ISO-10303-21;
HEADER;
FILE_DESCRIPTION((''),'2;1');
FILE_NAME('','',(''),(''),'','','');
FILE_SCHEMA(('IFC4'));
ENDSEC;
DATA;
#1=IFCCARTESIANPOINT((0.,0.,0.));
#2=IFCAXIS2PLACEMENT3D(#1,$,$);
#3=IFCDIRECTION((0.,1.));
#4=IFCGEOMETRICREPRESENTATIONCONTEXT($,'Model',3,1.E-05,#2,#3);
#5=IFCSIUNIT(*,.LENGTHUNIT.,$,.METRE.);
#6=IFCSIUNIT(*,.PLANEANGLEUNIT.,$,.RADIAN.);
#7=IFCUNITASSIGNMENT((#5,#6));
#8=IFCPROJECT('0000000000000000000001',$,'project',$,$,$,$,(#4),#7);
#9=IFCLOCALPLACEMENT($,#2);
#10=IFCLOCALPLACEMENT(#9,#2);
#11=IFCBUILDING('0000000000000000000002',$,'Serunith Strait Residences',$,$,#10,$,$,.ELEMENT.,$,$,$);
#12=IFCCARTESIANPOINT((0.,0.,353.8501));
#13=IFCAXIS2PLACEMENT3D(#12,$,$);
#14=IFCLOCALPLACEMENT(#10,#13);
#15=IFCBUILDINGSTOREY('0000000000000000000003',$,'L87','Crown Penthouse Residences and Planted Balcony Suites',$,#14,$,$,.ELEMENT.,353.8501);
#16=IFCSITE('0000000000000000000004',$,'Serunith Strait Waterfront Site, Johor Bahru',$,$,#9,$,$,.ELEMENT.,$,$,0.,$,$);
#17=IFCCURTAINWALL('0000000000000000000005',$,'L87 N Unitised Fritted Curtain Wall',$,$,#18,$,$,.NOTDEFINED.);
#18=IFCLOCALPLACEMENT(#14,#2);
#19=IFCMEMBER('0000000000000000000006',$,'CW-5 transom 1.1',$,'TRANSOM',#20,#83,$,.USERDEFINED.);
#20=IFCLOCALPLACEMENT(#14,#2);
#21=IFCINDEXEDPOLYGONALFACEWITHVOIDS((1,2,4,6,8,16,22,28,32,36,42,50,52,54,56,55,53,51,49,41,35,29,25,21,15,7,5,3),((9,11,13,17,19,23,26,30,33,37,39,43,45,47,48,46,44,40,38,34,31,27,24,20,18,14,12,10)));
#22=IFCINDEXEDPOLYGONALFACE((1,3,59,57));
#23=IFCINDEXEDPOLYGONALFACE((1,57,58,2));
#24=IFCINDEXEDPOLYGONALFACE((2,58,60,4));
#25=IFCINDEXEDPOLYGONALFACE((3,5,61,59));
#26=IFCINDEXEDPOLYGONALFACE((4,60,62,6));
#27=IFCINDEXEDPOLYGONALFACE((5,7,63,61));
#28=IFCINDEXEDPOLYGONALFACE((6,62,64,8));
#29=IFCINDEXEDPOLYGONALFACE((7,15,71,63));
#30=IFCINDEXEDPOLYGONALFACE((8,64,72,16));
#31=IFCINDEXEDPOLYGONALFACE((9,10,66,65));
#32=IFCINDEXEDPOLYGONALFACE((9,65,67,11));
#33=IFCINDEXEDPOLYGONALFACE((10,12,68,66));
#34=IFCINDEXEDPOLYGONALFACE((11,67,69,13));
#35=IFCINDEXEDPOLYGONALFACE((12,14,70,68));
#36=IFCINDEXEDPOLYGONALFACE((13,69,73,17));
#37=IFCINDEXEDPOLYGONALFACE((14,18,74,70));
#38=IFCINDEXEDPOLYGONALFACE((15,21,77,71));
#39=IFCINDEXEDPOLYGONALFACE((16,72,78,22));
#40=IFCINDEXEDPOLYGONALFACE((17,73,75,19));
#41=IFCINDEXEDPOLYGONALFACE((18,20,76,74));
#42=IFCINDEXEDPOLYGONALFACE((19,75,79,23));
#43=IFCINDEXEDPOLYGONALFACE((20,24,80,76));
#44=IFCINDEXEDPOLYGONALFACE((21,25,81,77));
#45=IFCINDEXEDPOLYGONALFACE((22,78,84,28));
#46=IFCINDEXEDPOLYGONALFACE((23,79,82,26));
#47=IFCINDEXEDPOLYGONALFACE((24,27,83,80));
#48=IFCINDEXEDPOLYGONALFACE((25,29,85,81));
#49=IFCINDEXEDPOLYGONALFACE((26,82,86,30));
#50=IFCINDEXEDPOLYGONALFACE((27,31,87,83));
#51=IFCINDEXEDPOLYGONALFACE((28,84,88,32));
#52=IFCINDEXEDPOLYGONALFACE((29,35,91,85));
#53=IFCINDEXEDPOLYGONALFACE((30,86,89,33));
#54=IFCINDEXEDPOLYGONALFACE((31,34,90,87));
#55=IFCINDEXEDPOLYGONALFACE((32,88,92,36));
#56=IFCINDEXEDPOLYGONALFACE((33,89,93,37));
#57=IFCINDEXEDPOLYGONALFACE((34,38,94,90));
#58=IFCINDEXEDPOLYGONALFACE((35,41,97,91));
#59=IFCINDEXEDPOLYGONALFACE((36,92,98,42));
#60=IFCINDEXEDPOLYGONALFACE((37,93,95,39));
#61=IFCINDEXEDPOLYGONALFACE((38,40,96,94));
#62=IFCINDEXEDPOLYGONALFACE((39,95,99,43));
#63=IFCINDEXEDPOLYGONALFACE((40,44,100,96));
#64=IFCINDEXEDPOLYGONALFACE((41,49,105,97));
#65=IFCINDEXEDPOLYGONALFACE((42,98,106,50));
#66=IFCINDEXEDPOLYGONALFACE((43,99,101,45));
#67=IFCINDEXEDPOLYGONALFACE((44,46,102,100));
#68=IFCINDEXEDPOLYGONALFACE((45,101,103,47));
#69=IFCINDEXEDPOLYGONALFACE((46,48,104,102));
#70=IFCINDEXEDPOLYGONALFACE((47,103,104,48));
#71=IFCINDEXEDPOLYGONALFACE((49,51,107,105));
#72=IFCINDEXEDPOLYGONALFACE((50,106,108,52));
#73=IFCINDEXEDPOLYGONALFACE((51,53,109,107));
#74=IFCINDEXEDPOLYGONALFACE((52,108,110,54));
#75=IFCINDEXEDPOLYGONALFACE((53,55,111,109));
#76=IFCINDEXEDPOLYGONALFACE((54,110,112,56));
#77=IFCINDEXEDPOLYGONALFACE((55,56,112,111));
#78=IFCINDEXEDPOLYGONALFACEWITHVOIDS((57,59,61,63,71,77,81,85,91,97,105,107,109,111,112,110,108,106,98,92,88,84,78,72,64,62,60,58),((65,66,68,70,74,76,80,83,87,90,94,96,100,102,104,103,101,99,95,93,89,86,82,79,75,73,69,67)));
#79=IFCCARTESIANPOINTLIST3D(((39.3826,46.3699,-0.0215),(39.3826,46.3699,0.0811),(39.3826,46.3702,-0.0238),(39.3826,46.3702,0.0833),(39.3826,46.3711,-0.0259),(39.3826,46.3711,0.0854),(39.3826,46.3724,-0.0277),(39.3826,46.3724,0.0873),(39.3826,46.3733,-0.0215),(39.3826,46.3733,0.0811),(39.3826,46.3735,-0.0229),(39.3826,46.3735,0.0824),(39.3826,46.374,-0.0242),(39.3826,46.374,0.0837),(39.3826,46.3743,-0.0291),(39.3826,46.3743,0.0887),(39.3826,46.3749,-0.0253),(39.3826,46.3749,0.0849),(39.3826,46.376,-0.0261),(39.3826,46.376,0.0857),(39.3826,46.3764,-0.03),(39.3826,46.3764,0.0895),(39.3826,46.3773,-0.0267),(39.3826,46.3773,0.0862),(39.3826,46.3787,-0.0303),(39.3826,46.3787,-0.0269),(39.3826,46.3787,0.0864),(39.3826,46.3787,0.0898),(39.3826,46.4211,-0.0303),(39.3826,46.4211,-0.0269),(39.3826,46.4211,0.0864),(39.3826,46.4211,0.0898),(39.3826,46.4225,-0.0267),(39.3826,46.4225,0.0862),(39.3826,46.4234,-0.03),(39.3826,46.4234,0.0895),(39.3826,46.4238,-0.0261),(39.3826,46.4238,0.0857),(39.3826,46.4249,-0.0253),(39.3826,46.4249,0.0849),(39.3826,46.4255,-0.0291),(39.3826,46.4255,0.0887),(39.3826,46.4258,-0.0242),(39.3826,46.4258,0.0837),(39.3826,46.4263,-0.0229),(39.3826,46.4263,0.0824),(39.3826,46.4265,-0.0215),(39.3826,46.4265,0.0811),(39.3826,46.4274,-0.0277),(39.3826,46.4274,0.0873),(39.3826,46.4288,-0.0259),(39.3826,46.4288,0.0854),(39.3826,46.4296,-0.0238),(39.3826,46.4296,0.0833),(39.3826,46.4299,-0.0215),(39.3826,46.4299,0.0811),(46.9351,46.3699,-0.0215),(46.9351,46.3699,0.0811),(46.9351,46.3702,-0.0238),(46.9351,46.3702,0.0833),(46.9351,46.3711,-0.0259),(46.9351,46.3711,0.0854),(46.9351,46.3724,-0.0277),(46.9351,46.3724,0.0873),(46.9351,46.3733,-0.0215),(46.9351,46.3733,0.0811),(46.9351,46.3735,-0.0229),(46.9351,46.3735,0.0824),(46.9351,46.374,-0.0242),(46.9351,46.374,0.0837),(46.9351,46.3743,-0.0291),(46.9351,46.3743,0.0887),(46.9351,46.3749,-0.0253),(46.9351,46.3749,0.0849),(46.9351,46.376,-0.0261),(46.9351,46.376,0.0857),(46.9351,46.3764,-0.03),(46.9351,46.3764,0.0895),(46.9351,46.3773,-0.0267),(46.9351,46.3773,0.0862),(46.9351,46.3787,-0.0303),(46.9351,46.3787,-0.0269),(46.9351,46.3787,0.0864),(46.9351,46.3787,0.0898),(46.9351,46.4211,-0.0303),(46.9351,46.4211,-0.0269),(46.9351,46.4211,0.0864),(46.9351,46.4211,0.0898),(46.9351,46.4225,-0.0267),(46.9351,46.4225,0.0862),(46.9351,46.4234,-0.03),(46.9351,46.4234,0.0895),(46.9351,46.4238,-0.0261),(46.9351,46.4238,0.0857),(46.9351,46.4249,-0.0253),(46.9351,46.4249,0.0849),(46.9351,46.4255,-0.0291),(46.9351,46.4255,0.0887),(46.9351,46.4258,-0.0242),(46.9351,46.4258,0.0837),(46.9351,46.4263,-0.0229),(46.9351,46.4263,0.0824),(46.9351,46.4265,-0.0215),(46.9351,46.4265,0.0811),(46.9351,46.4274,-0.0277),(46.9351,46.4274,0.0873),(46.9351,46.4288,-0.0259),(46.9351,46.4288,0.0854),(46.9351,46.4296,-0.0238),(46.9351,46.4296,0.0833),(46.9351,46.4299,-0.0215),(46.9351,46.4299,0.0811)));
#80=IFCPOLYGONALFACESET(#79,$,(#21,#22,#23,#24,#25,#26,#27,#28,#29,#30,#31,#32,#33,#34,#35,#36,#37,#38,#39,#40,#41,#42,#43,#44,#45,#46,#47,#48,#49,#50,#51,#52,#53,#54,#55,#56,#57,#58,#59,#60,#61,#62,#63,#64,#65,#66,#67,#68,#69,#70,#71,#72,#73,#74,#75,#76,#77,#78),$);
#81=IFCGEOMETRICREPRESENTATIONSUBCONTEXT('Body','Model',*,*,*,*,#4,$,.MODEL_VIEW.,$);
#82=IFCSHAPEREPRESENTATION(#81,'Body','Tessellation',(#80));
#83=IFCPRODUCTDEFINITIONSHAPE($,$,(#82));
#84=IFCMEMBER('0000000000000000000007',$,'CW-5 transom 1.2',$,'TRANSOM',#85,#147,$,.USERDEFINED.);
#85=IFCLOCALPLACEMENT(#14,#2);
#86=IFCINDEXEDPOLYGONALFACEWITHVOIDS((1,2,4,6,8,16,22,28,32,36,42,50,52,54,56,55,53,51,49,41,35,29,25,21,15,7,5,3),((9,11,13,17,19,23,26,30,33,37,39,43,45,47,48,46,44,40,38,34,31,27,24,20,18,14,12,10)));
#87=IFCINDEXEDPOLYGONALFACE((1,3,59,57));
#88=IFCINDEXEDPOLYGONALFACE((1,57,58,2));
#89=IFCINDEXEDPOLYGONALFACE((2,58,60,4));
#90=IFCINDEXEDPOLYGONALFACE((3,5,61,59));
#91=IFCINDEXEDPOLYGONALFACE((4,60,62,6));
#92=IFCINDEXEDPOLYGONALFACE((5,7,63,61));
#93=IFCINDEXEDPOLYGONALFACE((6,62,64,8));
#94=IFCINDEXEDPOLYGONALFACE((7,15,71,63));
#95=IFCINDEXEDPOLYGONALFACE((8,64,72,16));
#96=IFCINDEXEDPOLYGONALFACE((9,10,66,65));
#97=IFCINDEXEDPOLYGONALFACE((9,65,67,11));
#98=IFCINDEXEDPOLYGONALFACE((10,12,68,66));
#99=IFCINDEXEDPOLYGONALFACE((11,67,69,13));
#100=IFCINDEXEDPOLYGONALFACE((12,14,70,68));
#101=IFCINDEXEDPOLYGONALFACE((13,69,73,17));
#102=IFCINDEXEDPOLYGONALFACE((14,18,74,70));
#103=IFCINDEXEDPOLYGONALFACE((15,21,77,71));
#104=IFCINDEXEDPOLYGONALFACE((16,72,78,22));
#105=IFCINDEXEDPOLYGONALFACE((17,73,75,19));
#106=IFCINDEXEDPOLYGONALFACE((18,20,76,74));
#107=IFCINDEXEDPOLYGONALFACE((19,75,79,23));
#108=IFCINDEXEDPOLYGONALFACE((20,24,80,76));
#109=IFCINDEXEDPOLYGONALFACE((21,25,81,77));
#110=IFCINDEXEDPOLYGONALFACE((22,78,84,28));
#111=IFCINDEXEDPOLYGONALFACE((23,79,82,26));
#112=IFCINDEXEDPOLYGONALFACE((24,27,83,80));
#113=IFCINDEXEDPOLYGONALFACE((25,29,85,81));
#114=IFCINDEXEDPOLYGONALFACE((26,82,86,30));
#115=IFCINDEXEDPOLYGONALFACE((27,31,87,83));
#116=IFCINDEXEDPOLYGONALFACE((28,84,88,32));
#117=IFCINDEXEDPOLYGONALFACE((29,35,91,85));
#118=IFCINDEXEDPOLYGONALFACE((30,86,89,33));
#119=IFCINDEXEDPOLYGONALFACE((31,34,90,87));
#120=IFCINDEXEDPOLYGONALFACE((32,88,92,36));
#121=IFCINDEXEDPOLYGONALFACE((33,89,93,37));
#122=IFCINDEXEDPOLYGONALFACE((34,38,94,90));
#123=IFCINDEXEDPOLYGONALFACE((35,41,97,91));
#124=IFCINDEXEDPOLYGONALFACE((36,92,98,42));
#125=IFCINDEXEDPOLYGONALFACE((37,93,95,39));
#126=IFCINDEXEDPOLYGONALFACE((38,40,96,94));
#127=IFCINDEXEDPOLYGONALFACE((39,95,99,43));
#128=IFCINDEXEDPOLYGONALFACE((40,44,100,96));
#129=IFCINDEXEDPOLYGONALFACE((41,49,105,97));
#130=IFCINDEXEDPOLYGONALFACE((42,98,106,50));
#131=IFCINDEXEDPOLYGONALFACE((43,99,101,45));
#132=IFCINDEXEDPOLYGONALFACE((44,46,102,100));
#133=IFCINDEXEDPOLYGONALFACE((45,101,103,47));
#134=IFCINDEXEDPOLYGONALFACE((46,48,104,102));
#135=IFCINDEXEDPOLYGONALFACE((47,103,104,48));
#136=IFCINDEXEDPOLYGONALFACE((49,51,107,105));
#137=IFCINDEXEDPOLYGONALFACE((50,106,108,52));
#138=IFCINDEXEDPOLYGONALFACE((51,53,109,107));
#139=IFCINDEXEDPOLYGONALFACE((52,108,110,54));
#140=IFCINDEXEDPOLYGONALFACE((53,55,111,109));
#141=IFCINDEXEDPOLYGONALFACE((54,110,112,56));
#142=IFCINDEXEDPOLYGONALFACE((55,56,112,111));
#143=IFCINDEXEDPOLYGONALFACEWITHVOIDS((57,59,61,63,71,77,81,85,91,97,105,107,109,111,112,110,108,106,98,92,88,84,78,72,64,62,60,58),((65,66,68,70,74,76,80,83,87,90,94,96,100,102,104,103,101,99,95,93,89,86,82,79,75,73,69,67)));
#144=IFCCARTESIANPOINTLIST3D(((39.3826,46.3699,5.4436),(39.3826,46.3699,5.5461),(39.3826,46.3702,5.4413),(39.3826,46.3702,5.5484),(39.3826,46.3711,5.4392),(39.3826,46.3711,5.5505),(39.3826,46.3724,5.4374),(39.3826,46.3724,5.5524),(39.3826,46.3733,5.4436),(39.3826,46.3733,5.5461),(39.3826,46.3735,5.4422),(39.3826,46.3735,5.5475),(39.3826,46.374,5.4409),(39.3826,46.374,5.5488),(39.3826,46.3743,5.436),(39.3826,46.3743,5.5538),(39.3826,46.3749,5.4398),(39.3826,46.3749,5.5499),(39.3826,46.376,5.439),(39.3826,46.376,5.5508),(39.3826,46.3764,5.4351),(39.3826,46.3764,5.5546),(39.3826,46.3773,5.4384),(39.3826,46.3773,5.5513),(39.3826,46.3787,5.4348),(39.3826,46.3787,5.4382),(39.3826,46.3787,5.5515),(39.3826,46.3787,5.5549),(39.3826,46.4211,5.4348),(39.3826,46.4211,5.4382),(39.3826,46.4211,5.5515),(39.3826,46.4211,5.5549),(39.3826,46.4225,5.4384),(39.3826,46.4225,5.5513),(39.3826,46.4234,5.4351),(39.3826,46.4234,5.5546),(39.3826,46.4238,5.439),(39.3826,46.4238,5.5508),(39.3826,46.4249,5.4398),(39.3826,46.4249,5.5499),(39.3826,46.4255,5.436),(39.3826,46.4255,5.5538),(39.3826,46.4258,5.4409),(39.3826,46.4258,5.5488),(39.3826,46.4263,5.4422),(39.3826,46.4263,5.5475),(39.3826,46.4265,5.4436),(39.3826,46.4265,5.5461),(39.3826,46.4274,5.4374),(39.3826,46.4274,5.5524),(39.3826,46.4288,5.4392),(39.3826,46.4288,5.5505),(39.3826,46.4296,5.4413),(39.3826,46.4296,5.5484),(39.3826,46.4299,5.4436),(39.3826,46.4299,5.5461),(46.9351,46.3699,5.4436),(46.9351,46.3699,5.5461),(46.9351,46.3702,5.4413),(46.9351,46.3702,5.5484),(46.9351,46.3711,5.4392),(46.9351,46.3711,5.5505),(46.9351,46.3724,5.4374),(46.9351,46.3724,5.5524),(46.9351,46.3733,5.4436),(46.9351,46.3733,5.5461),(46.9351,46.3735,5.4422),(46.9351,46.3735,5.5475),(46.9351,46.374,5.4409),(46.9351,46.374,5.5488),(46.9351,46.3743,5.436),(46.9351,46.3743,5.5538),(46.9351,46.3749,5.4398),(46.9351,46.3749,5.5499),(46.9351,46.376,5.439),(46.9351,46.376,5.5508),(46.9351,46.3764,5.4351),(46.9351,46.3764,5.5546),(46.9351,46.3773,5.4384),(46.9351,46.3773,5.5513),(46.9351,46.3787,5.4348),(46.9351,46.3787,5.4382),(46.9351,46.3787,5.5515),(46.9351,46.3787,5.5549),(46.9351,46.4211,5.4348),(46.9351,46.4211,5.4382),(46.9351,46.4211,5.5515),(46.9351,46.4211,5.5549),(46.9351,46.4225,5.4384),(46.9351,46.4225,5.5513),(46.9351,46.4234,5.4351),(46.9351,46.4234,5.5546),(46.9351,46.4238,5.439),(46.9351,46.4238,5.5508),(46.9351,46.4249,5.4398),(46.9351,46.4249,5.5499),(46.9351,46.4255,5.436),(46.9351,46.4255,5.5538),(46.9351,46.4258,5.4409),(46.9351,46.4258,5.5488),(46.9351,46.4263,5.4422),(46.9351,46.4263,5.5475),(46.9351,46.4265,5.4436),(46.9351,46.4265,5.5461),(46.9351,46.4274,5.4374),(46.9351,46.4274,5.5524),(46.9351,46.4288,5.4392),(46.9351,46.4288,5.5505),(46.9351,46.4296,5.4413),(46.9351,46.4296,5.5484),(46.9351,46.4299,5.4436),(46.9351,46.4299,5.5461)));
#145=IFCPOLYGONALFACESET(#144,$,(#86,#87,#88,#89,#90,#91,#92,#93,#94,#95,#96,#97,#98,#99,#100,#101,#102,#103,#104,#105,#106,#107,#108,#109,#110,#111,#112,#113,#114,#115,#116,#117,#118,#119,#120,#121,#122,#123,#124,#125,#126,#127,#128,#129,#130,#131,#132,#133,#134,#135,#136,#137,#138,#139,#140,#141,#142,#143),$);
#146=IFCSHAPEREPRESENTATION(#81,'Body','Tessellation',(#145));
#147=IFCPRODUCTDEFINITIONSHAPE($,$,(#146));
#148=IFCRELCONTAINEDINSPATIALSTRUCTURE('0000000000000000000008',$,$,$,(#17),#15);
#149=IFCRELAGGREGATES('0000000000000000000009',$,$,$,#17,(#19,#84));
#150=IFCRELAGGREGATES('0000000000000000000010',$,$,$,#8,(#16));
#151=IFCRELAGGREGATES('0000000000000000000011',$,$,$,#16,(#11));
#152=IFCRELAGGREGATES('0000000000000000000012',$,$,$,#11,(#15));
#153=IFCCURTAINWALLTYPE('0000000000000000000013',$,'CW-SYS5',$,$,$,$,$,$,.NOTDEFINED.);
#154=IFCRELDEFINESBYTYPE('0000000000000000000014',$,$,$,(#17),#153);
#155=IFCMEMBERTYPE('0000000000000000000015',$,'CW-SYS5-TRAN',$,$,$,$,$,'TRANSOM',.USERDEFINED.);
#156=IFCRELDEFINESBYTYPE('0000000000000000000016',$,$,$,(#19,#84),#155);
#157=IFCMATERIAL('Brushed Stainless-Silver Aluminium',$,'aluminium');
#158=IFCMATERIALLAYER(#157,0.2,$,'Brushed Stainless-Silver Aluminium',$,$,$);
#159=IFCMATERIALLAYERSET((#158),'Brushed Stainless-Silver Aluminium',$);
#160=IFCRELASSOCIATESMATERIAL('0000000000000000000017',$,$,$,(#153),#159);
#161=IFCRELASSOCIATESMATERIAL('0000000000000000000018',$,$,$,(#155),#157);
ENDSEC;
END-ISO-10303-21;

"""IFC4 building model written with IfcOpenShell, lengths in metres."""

from ifc_helpers import new_model, si_unit, direction, frame, origin, origin_2d, place, context, subcontext, project, spatial, hollow_rectangle, extrude, source, transform, mapped, material, layer, layer_set, material_profile, profile_set, type_object, element, aggregate, save


model = new_model("IFC4")

# Units and contexts
model_context = context("Model", 3, precision=1e-05, world=origin(), true_north=direction((0.0, 1.0)))
body_context = subcontext(model_context, "Body", "Model", "MODEL_VIEW")
ifc_project = project(units=[si_unit("LENGTHUNIT", "METRE"), si_unit("PLANEANGLEUNIT", "RADIAN")], contexts=[model_context])

# Site, building, storey
site_placement = place(None, origin())
site = spatial("IfcSite", under=ifc_project, at=site_placement, Name="Serunith Strait Waterfront Site, Johor Bahru", CompositionType="ELEMENT", RefElevation=0.0)
building_placement = place(site_placement, origin())
building = spatial("IfcBuilding", under=site, at=building_placement, Name="Serunith Strait Residences", CompositionType="ELEMENT")
storey_placement = place(building_placement, frame((0.0, 0.0, 353.8501)))
storey = spatial("IfcBuildingStorey", under=building, at=storey_placement, Name="L87", Description="Crown Penthouse Residences and Planted Balcony Suites", CompositionType="ELEMENT", Elevation=353.8501)

# Curtain wall, members
ifc_material_1 = material(Name="Brushed Stainless-Silver Aluminium", Category="aluminium")
ifc_layer_1 = layer(ifc_material_1, 0.2, Name="Brushed Stainless-Silver Aluminium")
ifc_layer_set_1 = layer_set([ifc_layer_1], Name="Brushed Stainless-Silver Aluminium")
curtain_wall_type = type_object("IfcCurtainWallType", Name="CW-SYS5", PredefinedType="NOTDEFINED", material=ifc_layer_set_1)
curtain_wall_1_placement = place(storey_placement, origin())
curtain_wall_1 = element("IfcCurtainWall", 1, at=curtain_wall_1_placement, inside=storey, type_object=curtain_wall_type, Name="L87 N Unitised Fritted Curtain Wall", PredefinedType="NOTDEFINED")
ifc_material_profile_1 = material_profile(ifc_material_1, hollow_rectangle(XDim=0.0601, YDim=0.1201, WallThickness=0.0034, InnerFilletRadius=0.0054, OuterFilletRadius=0.0088, at=origin_2d()), Name="ALU 120x60x3.5")
ifc_profile_set_1 = profile_set([ifc_material_profile_1], Name="Brushed Stainless-Silver Aluminium")
member_type_1 = type_object("IfcMemberType", Name="CW-SYS5-TRAN", ElementType="TRANSOM", PredefinedType="USERDEFINED", material=ifc_profile_set_1)
shared_shape_1 = source(origin(), body_context, "Body", "SweptSolid", [
    extrude(hollow_rectangle(XDim=0.0601, YDim=0.1201, WallThickness=0.0034, InnerFilletRadius=0.0054, OuterFilletRadius=0.0088, at=origin_2d()), origin(), (0.0, 0.0, 1.0), 7.5525),
])
member_1_placement = place(storey_placement, frame((46.9351, 46.3999, 0.0298), z_axis=(-1.0, 0.0, 0.0), x_axis=(0.0, -1.0, 0.0)))
member_1 = element("IfcMember", 2, at=member_1_placement, type_object=member_type_1, Name="CW-5 transom 1.1", ObjectType="TRANSOM", PredefinedType="USERDEFINED", context=body_context, shape_type="MappedRepresentation", body=[
    mapped(shared_shape_1, transform((0.0, 0.0, 0.0), scale=1.0)),
])
member_2_placement = place(storey_placement, frame((46.9351, 46.3999, 5.4949), z_axis=(-1.0, 0.0, 0.0), x_axis=(0.0, -1.0, 0.0)))
member_2 = element("IfcMember", 3, at=member_2_placement, type_object=member_type_1, Name="CW-5 transom 1.2", ObjectType="TRANSOM", PredefinedType="USERDEFINED", context=body_context, shape_type="MappedRepresentation", body=[
    mapped(shared_shape_1, transform((0.0, 0.0, 0.0), scale=1.0)),
])

aggregate(curtain_wall_1, [member_1, member_2])

save(model, "model.ifc")
